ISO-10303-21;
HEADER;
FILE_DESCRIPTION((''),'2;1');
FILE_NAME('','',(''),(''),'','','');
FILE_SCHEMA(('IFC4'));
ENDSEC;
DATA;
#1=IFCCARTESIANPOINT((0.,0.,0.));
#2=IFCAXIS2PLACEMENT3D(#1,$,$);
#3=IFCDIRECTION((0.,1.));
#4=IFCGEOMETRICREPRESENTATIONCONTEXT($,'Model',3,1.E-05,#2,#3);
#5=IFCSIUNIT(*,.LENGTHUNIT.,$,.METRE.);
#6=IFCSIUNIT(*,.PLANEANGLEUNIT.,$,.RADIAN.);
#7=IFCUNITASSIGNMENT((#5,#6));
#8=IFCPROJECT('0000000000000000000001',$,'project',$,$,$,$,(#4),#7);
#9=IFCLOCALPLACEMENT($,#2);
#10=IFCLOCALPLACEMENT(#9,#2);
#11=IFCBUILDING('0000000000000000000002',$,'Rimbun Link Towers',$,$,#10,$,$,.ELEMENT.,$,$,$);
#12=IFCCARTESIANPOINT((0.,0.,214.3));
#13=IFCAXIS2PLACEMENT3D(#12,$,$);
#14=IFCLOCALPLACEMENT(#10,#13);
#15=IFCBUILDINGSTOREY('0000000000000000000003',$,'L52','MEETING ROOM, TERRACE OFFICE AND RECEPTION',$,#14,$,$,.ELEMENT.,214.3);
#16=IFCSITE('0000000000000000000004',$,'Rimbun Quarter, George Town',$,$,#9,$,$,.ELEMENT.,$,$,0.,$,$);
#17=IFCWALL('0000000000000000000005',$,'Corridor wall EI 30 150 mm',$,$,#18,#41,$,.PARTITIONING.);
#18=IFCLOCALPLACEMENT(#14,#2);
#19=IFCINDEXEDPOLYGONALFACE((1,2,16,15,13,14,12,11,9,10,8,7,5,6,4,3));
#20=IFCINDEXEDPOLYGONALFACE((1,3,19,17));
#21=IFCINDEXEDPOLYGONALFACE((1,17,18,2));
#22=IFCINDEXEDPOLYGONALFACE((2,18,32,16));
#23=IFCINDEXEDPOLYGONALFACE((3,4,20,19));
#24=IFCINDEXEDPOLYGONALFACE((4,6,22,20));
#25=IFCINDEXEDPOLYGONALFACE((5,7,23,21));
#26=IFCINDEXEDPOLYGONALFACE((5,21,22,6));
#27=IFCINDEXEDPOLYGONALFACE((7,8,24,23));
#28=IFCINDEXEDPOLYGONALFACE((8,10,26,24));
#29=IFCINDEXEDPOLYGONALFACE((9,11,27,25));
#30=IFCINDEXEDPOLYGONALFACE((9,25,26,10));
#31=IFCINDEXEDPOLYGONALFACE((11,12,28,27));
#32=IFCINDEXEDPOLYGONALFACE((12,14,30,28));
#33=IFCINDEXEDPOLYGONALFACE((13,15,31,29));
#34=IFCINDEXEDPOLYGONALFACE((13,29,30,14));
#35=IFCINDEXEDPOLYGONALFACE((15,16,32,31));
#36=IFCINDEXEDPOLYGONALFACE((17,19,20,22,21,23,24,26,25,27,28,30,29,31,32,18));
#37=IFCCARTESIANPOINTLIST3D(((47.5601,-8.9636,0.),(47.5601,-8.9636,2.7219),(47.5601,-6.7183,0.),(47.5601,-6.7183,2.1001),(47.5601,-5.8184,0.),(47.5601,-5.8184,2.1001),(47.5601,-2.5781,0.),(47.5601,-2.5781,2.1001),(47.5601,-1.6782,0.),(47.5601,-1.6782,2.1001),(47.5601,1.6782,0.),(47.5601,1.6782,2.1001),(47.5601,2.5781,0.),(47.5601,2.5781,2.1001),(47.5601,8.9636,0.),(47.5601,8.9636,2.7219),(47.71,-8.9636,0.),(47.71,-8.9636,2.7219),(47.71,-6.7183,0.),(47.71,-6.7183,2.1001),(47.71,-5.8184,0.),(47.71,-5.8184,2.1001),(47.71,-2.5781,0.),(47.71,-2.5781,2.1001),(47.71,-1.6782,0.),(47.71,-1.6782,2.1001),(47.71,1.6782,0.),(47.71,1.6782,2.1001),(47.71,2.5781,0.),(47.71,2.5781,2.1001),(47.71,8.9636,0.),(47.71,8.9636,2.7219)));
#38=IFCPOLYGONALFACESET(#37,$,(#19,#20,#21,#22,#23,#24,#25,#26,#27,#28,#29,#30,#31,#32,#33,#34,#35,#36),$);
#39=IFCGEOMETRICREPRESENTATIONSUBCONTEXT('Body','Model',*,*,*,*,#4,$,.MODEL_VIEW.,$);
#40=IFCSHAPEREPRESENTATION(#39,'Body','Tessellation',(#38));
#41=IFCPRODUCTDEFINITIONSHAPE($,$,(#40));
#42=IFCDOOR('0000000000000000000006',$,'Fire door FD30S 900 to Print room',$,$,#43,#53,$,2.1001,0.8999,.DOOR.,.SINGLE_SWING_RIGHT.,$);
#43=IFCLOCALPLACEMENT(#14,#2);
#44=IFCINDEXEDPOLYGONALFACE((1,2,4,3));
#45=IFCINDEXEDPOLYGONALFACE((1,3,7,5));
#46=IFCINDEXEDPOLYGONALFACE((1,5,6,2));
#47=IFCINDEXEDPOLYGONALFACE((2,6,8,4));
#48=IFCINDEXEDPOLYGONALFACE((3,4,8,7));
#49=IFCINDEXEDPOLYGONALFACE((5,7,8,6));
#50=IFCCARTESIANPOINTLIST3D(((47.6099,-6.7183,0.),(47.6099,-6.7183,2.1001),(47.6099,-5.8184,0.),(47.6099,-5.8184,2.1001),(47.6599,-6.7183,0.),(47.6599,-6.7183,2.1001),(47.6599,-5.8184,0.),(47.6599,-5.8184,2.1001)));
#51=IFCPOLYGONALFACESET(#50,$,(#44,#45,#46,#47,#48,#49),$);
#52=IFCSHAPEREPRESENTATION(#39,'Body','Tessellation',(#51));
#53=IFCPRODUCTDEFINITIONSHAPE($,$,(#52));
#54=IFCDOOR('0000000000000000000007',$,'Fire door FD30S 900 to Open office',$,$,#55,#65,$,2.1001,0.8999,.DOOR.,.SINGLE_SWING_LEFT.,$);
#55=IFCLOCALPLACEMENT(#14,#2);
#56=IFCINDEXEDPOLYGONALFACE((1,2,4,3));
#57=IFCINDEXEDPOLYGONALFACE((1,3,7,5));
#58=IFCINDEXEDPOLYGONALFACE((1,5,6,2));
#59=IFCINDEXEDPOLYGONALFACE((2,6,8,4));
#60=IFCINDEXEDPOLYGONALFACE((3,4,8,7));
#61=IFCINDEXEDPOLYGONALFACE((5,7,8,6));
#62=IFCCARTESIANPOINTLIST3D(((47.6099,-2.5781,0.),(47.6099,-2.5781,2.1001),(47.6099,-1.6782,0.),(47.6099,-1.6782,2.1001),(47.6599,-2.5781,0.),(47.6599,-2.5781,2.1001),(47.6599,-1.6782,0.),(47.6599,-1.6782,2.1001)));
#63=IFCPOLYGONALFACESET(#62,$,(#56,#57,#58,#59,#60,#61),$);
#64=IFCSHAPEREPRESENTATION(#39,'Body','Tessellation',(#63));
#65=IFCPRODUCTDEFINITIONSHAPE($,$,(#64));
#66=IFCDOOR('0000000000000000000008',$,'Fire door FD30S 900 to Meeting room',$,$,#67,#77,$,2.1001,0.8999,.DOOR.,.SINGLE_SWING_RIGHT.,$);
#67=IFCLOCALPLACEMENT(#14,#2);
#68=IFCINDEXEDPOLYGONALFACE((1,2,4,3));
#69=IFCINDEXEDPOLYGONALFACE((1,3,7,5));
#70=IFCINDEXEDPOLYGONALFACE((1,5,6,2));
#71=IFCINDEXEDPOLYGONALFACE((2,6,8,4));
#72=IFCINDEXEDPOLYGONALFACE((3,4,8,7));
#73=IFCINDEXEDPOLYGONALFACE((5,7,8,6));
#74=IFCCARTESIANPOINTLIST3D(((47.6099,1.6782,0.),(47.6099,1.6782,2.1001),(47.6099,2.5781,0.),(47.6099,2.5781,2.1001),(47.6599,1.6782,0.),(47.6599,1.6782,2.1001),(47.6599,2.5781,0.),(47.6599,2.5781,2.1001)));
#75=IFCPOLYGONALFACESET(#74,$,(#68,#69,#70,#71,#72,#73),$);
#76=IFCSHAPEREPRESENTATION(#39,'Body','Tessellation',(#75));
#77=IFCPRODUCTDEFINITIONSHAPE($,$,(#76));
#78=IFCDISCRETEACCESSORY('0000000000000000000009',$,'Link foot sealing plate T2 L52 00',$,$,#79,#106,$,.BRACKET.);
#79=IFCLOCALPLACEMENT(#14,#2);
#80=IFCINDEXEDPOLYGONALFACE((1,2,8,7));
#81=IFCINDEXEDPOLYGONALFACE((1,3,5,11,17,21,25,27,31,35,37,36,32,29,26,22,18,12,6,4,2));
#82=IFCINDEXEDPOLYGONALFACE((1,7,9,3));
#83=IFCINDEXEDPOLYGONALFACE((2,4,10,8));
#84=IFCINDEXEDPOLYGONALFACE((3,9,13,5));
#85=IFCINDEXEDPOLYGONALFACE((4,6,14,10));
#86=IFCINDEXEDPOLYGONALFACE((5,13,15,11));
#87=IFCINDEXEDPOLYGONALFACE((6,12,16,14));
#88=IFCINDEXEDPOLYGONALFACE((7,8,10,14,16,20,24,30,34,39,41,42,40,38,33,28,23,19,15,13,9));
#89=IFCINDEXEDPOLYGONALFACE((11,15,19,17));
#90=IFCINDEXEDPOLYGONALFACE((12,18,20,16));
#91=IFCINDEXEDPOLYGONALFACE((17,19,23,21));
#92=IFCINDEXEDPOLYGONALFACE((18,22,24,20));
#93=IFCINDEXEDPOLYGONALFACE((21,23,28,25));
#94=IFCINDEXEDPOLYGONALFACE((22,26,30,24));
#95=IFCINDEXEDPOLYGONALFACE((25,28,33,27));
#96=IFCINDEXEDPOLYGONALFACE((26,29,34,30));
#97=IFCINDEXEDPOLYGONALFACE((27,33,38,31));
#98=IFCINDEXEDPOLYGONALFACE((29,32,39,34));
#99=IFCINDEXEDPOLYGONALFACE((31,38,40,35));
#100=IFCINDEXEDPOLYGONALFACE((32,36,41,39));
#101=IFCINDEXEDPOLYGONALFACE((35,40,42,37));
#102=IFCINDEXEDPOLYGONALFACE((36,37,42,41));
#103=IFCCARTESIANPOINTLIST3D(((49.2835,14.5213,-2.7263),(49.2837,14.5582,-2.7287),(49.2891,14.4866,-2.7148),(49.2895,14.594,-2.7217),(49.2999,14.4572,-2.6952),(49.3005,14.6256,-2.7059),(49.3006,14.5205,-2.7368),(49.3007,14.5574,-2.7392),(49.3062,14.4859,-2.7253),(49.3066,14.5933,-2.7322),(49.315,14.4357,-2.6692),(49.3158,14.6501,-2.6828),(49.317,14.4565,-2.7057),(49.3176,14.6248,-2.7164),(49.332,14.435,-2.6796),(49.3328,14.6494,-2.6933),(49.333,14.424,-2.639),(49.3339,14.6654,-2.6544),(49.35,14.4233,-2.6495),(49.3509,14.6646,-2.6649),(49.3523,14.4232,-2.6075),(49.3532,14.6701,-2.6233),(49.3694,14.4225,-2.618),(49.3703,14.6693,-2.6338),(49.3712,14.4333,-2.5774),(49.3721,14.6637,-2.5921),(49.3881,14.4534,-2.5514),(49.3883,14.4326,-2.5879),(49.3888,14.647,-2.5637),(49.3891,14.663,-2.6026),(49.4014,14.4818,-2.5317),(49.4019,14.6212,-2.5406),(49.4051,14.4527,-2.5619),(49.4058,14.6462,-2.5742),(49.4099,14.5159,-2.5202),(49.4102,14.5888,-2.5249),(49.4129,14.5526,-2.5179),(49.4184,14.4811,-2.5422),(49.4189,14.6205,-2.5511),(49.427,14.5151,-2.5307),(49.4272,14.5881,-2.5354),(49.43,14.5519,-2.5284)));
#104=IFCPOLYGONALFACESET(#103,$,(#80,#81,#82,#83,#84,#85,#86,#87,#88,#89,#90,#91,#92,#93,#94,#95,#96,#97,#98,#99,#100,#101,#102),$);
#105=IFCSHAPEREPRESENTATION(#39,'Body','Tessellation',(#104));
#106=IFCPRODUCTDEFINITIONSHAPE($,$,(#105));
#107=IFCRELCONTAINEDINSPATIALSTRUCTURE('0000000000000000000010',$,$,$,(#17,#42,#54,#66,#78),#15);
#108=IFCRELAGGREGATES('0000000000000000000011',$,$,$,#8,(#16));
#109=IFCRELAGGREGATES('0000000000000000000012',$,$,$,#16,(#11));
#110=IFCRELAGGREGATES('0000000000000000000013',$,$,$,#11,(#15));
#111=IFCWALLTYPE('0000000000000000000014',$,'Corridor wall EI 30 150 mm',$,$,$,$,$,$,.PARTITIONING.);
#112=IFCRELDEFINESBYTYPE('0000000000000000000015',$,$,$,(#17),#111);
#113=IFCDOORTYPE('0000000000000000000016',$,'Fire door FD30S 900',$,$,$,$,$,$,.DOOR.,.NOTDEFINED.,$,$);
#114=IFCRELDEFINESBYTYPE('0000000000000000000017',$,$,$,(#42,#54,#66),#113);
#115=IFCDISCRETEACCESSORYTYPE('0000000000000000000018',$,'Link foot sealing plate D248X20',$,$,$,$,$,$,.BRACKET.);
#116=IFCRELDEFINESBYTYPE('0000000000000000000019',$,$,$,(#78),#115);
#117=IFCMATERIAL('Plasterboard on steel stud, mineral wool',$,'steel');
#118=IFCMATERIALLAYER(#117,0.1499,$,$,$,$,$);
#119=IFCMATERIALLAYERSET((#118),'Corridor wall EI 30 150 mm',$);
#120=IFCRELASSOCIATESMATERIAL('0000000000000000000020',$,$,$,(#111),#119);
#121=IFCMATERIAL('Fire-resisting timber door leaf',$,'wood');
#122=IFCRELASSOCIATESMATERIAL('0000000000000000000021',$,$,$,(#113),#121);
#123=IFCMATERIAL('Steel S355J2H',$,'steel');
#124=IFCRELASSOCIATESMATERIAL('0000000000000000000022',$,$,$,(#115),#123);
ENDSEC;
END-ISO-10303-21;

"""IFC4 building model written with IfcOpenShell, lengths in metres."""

from ifc_helpers import new_model, si_unit, direction, frame, frame_2d, origin, origin_2d, place, context, subcontext, project, spatial, rectangle, circle, extrude, material, layer, layer_set, material_profile, profile_set, type_object, element, fill, save


model = new_model("IFC4")

# Units and contexts
model_context = context("Model", 3, precision=1e-05, world=origin(), true_north=direction((0.0, 1.0)))
body_context = subcontext(model_context, "Body", "Model", "MODEL_VIEW")
ifc_project = project(units=[si_unit("LENGTHUNIT", "METRE"), si_unit("PLANEANGLEUNIT", "RADIAN")], contexts=[model_context])

# Site, building, storey
site_placement = place(None, origin())
site = spatial("IfcSite", under=ifc_project, at=site_placement, Name="Rimbun Quarter, George Town", CompositionType="ELEMENT", RefElevation=0.0)
building_placement = place(site_placement, origin())
building = spatial("IfcBuilding", under=site, at=building_placement, Name="Rimbun Link Towers", CompositionType="ELEMENT")
storey_placement = place(building_placement, frame((0.0, 0.0, 214.3)))
storey = spatial("IfcBuildingStorey", under=building, at=storey_placement, Name="L52", Description="MEETING ROOM, TERRACE OFFICE AND RECEPTION", CompositionType="ELEMENT", Elevation=214.3)

# Shared definitions
ifc_material_1 = material(Name="Plasterboard on steel stud, mineral wool", Category="steel")
ifc_layer_1 = layer(ifc_material_1, 0.1499)
ifc_layer_set_1 = layer_set([ifc_layer_1], Name="Corridor wall EI 30 150 mm")
wall_type = type_object("IfcWallType", Name="Corridor wall EI 30 150 mm", PredefinedType="PARTITIONING", material=ifc_layer_set_1)

# Wall, openings, doors
wall_1_placement = place(storey_placement, frame((47.635, 8.9636, 0.0), z_axis=(0.0, 0.0, 1.0), x_axis=(0.0, -1.0, 0.0)))
wall_1 = element("IfcWall", 1, at=wall_1_placement, inside=storey, type_object=wall_type, Name="Corridor wall EI 30 150 mm", PredefinedType="PARTITIONING", context=body_context, shape_type="SweptSolid", body=[
    extrude(rectangle(XDim=17.9272, YDim=0.1499, at=frame_2d((8.9636, 0.0))), origin(), (0.0, 0.0, 1.0), 2.7219),
])
opening_1_placement = place(wall_1_placement, frame((14.782, 0.0, 0.0)))
opening_1 = element("IfcOpeningElement", 2, at=opening_1_placement, cuts=wall_1, PredefinedType="OPENING", context=body_context, shape_type="SweptSolid", body=[
    extrude(rectangle(XDim=0.8999, YDim=2.1001, at=frame_2d((0.45, 1.05))), frame((0.0, 0.085, 0.0), z_axis=(0.0, -1.0, 0.0), x_axis=(1.0, 0.0, 0.0)), (0.0, 0.0, 1.0), 0.1699),
])
opening_2_placement = place(wall_1_placement, frame((10.6418, 0.0, 0.0)))
opening_2 = element("IfcOpeningElement", 3, at=opening_2_placement, cuts=wall_1, PredefinedType="OPENING", context=body_context, shape_type="SweptSolid", body=[
    extrude(rectangle(XDim=0.8999, YDim=2.1001, at=frame_2d((0.45, 1.05))), frame((0.0, 0.085, 0.0), z_axis=(0.0, -1.0, 0.0), x_axis=(1.0, 0.0, 0.0)), (0.0, 0.0, 1.0), 0.1699),
])
opening_3_placement = place(wall_1_placement, frame((6.3855, 0.0, 0.0)))
opening_3 = element("IfcOpeningElement", 4, at=opening_3_placement, cuts=wall_1, PredefinedType="OPENING", context=body_context, shape_type="SweptSolid", body=[
    extrude(rectangle(XDim=0.8999, YDim=2.1001, at=frame_2d((0.45, 1.05))), frame((0.0, 0.085, 0.0), z_axis=(0.0, -1.0, 0.0), x_axis=(1.0, 0.0, 0.0)), (0.0, 0.0, 1.0), 0.1699),
])
ifc_material_2 = material(Name="Fire-resisting timber door leaf", Category="wood")
door_type = type_object("IfcDoorType", Name="Fire door FD30S 900", OperationType="NOTDEFINED", PredefinedType="DOOR", material=ifc_material_2)
door_1_placement = place(opening_1_placement, origin())
door_1 = element("IfcDoor", 5, at=door_1_placement, inside=storey, type_object=door_type, Name="Fire door FD30S 900 to Print room", OperationType="SINGLE_SWING_RIGHT", OverallHeight=2.1001, OverallWidth=0.8999, PredefinedType="DOOR", context=body_context, shape_type="SweptSolid", body=[
    extrude(rectangle(XDim=0.8999, YDim=2.1001, at=frame_2d((0.45, 1.05))), frame((0.0, 0.0249, 0.0), z_axis=(0.0, -1.0, 0.0), x_axis=(1.0, 0.0, 0.0)), (0.0, 0.0, 1.0), 0.05),
])
fill(opening_1, door_1)
door_2_placement = place(opening_2_placement, origin())
door_2 = element("IfcDoor", 6, at=door_2_placement, inside=storey, type_object=door_type, Name="Fire door FD30S 900 to Open office", OperationType="SINGLE_SWING_LEFT", OverallHeight=2.1001, OverallWidth=0.8999, PredefinedType="DOOR", context=body_context, shape_type="SweptSolid", body=[
    extrude(rectangle(XDim=0.8999, YDim=2.1001, at=frame_2d((0.45, 1.05))), frame((0.0, 0.0249, 0.0), z_axis=(0.0, -1.0, 0.0), x_axis=(1.0, 0.0, 0.0)), (0.0, 0.0, 1.0), 0.05),
])
fill(opening_2, door_2)
door_3_placement = place(opening_3_placement, origin())
door_3 = element("IfcDoor", 7, at=door_3_placement, inside=storey, type_object=door_type, Name="Fire door FD30S 900 to Meeting room", OperationType="SINGLE_SWING_RIGHT", OverallHeight=2.1001, OverallWidth=0.8999, PredefinedType="DOOR", context=body_context, shape_type="SweptSolid", body=[
    extrude(rectangle(XDim=0.8999, YDim=2.1001, at=frame_2d((0.45, 1.05))), frame((0.0, 0.0249, 0.0), z_axis=(0.0, -1.0, 0.0), x_axis=(1.0, 0.0, 0.0)), (0.0, 0.0, 1.0), 0.05),
])
fill(opening_3, door_3)

# Discrete accessory
ifc_material_3 = material(Name="Steel S355J2H", Category="steel")
ifc_material_profile_1 = material_profile(ifc_material_3, circle(Radius=0.124, at=origin_2d()), Name="PL D248")
ifc_profile_set_1 = profile_set([ifc_material_profile_1], Name="Steel S355J2H")
discrete_accessory_type = type_object("IfcDiscreteAccessoryType", Name="Link foot sealing plate D248X20", PredefinedType="BRACKET", material=ifc_profile_set_1)
discrete_accessory_placement = place(storey_placement, frame((49.3479, 14.5461, -2.6233), z_axis=(0.851508, -0.036493, -0.523069), x_axis=(0.042818, 0.999083, 0.0)))
element("IfcDiscreteAccessory", 8, at=discrete_accessory_placement, inside=storey, type_object=discrete_accessory_type, Name="Link foot sealing plate T2 L52 00", PredefinedType="BRACKET", context=body_context, shape_type="SweptSolid", body=[
    extrude(circle(Radius=0.124, at=origin_2d()), origin(), (0.0, 0.0, 1.0), 0.02),
])

save(model, "model.ifc")
